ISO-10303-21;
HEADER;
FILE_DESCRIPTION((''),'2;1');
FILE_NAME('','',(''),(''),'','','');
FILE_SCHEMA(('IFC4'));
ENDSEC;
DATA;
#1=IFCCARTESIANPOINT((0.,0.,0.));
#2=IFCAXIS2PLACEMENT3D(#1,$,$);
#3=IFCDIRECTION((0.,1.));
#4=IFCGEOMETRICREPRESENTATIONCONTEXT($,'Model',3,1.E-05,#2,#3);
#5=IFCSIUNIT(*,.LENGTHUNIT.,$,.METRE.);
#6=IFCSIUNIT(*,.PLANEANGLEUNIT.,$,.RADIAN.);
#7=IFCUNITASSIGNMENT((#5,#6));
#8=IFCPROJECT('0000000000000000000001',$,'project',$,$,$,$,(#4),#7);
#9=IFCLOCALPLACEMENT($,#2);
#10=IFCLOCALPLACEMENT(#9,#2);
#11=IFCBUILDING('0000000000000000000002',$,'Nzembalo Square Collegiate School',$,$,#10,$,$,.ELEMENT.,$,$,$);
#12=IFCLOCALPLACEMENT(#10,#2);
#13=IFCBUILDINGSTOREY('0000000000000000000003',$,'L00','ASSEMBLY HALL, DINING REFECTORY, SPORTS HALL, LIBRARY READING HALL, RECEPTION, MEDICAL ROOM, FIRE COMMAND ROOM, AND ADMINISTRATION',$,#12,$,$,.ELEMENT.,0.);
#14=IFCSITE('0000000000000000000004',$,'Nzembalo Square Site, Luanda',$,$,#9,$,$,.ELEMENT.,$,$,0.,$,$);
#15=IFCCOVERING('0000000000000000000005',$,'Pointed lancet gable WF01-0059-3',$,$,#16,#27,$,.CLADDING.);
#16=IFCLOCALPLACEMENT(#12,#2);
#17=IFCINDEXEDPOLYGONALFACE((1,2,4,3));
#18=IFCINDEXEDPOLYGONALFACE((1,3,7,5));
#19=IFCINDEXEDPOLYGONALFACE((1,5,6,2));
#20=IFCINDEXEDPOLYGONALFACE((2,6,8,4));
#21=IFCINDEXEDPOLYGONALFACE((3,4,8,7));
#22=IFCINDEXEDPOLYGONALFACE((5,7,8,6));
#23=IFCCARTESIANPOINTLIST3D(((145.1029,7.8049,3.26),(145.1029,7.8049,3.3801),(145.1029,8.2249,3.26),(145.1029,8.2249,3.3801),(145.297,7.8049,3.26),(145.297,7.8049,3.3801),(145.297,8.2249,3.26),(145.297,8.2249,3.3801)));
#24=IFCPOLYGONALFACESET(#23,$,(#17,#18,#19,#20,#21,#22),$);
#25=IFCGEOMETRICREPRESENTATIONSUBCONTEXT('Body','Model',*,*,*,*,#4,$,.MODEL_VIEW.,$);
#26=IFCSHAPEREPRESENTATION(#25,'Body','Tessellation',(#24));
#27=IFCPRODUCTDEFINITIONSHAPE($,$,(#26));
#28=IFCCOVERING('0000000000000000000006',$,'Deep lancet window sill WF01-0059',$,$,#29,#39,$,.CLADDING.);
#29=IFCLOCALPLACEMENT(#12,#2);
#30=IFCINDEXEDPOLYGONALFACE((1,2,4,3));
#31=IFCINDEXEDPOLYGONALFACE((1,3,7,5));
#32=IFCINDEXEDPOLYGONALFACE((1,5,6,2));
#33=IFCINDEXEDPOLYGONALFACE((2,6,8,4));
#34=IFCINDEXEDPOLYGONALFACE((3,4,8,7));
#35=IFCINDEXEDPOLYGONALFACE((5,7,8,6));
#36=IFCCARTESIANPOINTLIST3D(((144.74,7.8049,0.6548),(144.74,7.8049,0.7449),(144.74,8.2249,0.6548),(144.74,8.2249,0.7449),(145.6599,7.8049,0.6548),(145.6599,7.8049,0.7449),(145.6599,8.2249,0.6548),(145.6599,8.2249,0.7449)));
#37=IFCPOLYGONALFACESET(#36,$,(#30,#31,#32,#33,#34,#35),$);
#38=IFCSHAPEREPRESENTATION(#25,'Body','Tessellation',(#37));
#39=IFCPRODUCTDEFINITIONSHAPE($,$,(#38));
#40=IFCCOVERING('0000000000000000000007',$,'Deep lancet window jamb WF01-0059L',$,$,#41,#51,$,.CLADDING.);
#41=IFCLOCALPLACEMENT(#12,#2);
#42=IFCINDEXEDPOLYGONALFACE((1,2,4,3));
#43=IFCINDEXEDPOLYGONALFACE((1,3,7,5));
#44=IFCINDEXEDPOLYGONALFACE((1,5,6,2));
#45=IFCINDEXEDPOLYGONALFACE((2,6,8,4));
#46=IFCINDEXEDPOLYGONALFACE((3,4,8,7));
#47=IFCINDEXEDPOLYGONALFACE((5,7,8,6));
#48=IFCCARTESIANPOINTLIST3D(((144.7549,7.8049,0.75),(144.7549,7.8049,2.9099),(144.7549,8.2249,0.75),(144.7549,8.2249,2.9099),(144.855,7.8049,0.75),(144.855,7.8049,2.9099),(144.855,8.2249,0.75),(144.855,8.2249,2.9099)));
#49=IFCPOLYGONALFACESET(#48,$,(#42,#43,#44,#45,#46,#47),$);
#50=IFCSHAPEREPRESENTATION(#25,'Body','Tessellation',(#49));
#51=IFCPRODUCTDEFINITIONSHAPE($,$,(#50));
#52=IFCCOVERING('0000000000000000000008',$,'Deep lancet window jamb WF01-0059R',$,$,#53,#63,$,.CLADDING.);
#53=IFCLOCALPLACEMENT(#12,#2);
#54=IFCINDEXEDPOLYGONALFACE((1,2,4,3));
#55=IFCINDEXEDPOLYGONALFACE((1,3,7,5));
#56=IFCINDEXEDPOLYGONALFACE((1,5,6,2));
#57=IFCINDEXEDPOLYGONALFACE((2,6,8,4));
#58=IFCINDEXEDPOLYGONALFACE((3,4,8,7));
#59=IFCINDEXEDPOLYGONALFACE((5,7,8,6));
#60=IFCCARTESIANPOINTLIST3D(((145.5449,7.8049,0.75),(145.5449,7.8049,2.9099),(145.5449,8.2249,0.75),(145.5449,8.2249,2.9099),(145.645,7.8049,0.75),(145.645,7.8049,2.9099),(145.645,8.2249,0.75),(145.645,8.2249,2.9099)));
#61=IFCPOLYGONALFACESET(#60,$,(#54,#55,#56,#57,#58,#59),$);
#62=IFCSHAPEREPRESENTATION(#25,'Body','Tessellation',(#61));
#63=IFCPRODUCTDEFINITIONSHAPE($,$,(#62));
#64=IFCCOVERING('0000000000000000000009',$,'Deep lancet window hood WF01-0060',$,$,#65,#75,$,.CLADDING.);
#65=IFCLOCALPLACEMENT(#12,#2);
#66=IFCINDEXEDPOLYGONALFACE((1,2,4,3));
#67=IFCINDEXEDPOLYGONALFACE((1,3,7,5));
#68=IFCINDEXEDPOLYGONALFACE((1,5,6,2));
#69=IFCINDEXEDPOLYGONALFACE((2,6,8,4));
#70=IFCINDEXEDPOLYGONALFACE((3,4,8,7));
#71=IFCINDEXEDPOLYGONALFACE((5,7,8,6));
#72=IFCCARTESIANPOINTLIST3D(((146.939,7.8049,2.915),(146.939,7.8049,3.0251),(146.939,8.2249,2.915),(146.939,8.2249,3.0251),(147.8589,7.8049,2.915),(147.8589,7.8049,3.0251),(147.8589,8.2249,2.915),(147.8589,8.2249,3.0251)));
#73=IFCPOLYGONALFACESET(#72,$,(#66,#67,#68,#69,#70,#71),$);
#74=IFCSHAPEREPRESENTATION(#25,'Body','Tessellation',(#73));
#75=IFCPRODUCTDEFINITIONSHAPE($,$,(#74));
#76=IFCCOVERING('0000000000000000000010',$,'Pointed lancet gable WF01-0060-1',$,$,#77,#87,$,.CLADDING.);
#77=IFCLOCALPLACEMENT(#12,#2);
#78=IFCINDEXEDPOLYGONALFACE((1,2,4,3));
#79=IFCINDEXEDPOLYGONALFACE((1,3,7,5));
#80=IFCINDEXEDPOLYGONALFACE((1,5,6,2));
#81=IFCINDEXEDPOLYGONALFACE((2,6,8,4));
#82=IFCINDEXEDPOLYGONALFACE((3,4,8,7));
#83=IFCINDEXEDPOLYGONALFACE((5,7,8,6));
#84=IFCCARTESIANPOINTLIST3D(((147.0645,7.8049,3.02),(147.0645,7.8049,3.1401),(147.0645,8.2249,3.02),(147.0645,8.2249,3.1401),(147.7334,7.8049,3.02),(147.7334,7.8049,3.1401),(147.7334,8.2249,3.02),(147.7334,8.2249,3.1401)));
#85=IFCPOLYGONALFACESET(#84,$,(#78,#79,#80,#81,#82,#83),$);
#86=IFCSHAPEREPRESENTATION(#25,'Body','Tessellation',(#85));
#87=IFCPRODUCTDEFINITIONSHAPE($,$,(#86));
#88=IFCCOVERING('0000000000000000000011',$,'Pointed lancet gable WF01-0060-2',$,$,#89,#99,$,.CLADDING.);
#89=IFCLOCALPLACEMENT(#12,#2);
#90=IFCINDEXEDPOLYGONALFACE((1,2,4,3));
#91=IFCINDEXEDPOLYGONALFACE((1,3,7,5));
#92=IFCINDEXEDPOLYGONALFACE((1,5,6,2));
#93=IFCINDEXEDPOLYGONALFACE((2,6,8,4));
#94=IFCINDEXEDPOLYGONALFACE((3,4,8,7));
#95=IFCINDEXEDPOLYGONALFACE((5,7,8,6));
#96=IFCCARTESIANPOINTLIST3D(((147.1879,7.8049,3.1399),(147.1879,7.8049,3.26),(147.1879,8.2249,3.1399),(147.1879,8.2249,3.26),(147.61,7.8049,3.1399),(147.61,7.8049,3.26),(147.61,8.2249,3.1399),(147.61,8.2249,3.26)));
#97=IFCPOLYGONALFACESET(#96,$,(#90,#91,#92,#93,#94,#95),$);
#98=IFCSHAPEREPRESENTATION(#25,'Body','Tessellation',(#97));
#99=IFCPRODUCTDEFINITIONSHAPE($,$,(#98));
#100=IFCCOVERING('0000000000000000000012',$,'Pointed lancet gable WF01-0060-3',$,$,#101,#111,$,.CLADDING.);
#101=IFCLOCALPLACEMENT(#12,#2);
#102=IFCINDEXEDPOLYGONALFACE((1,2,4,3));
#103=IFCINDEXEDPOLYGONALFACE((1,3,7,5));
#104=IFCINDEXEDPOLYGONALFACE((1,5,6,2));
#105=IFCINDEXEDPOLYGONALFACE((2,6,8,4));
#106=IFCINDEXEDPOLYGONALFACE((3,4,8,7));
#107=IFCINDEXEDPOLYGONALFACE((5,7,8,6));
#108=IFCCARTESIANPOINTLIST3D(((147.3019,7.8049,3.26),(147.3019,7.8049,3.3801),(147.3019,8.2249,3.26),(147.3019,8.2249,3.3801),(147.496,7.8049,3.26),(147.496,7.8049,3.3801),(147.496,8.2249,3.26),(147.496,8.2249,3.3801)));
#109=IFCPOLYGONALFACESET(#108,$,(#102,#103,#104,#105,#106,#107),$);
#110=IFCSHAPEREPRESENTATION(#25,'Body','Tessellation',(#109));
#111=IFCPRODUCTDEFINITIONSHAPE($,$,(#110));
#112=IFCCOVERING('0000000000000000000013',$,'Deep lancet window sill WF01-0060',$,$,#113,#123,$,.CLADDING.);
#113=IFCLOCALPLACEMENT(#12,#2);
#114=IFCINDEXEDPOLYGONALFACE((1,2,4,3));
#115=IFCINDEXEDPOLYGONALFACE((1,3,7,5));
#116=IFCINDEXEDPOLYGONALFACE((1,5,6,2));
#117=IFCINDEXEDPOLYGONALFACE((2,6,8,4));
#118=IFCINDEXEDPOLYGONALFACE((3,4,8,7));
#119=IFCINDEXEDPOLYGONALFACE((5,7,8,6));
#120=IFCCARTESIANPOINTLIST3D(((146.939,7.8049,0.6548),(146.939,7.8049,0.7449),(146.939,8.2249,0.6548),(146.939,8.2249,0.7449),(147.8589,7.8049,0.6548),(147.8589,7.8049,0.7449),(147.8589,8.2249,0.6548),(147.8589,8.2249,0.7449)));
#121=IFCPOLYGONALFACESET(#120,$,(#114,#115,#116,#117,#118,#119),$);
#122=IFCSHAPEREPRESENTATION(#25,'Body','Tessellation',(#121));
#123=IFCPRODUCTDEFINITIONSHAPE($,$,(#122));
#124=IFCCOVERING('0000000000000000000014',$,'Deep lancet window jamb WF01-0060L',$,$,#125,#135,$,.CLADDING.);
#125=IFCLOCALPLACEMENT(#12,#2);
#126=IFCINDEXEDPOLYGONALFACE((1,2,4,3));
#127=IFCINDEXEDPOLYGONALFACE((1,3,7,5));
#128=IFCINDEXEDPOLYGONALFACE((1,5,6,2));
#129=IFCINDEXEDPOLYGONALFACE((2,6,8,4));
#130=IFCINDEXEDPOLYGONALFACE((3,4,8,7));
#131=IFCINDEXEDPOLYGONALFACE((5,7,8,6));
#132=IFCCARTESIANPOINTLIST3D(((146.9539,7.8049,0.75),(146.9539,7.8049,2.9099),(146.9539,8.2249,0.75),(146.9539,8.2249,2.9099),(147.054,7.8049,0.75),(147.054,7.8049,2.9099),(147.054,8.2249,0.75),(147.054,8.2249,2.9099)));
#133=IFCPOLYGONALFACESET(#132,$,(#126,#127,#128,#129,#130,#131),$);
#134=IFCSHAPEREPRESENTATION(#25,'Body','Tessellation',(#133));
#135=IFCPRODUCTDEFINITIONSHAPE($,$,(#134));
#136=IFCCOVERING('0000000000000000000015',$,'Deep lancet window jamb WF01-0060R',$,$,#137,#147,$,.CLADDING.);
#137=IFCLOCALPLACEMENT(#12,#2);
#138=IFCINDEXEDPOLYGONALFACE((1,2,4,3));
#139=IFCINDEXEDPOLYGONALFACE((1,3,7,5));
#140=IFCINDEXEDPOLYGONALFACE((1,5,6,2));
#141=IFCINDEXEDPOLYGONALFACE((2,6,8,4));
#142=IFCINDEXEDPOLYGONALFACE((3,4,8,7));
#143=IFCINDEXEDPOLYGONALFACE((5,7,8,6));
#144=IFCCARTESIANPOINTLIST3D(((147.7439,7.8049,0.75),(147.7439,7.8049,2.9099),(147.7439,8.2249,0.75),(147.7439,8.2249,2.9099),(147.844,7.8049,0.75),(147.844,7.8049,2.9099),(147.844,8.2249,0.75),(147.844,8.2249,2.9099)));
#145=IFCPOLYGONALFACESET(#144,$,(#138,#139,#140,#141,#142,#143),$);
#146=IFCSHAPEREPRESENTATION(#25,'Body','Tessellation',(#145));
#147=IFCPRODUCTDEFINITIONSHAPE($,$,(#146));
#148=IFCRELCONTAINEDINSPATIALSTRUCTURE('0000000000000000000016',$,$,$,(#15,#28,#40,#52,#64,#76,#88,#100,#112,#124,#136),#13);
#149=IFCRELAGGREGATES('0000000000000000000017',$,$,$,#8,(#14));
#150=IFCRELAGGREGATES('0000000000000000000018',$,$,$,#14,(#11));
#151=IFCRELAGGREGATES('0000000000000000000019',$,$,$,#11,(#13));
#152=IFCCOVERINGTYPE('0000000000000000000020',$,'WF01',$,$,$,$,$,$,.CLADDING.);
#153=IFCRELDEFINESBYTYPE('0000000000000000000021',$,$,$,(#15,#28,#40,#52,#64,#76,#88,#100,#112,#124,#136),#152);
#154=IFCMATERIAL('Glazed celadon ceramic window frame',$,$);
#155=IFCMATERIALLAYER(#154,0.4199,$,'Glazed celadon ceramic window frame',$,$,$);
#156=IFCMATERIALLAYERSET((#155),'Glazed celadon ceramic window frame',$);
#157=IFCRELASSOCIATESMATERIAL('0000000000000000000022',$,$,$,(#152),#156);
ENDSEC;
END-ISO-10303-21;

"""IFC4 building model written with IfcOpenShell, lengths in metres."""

from ifc_helpers import new_model, si_unit, direction, frame, origin, origin_2d, place, context, subcontext, project, spatial, rectangle, extrude, material, layer, layer_set, type_object, element, save


model = new_model("IFC4")

# Units and contexts
model_context = context("Model", 3, precision=1e-05, world=origin(), true_north=direction((0.0, 1.0)))
body_context = subcontext(model_context, "Body", "Model", "MODEL_VIEW")
ifc_project = project(units=[si_unit("LENGTHUNIT", "METRE"), si_unit("PLANEANGLEUNIT", "RADIAN")], contexts=[model_context])

# Site, building, storey
site_placement = place(None, origin())
site = spatial("IfcSite", under=ifc_project, at=site_placement, Name="Nzembalo Square Site, Luanda", CompositionType="ELEMENT", RefElevation=0.0)
building_placement = place(site_placement, origin())
building = spatial("IfcBuilding", under=site, at=building_placement, Name="Nzembalo Square Collegiate School", CompositionType="ELEMENT")
storey_placement = place(building_placement, origin())
storey = spatial("IfcBuildingStorey", under=building, at=storey_placement, Name="L00", Description="ASSEMBLY HALL, DINING REFECTORY, SPORTS HALL, LIBRARY READING HALL, RECEPTION, MEDICAL ROOM, FIRE COMMAND ROOM, AND ADMINISTRATION", CompositionType="ELEMENT", Elevation=0.0)

# Coverings
ifc_material_1 = material(Name="Glazed celadon ceramic window frame")
ifc_layer = layer(ifc_material_1, 0.4199, Name="Glazed celadon ceramic window frame")
ifc_layer_set = layer_set([ifc_layer], Name="Glazed celadon ceramic window frame")
covering_type = type_object("IfcCoveringType", Name="WF01", PredefinedType="CLADDING", material=ifc_layer_set)
covering_1_placement = place(storey_placement, frame((145.2, 8.0149, 3.26), z_axis=(0.0, 0.0, 1.0), x_axis=(1.0, 0.0, 0.0)))
element("IfcCovering", 1, at=covering_1_placement, inside=storey, type_object=covering_type, Name="Pointed lancet gable WF01-0059-3", PredefinedType="CLADDING", context=body_context, shape_type="SweptSolid", body=[
    extrude(rectangle(XDim=0.1941, YDim=0.4199, at=origin_2d()), origin(), (0.0, 0.0, 1.0), 0.1201),
])
covering_2_placement = place(storey_placement, frame((145.2, 8.0149, 0.6548), z_axis=(0.0, 0.0, 1.0), x_axis=(1.0, 0.0, 0.0)))
element("IfcCovering", 2, at=covering_2_placement, inside=storey, type_object=covering_type, Name="Deep lancet window sill WF01-0059", PredefinedType="CLADDING", context=body_context, shape_type="SweptSolid", body=[
    extrude(rectangle(XDim=0.9199, YDim=0.4199, at=origin_2d()), origin(), (0.0, 0.0, 1.0), 0.0901),
])
for number, where, z_axis, x_axis, name in (
    (3, (144.8049, 8.0149, 0.75), (0.0, 0.0, 1.0), (1.0, 0.0, 0.0), "Deep lancet window jamb WF01-0059L"),
    (4, (145.595, 8.0149, 0.75), (0.0, 0.0, 1.0), (1.0, 0.0, 0.0), "Deep lancet window jamb WF01-0059R"),
):
    element("IfcCovering", number, at=place(storey_placement, frame(where, z_axis=z_axis, x_axis=x_axis)), inside=storey, type_object=covering_type, Name=name, PredefinedType="CLADDING", context=body_context, shape_type="SweptSolid", body=[
        extrude(rectangle(XDim=0.1001, YDim=0.4199, at=origin_2d()), origin(), (0.0, 0.0, 1.0), 2.1599),
    ])
covering_3_placement = place(storey_placement, frame((147.3989, 8.0149, 2.915), z_axis=(0.0, 0.0, 1.0), x_axis=(1.0, 0.0, 0.0)))
element("IfcCovering", 5, at=covering_3_placement, inside=storey, type_object=covering_type, Name="Deep lancet window hood WF01-0060", PredefinedType="CLADDING", context=body_context, shape_type="SweptSolid", body=[
    extrude(rectangle(XDim=0.9199, YDim=0.4199, at=origin_2d()), origin(), (0.0, 0.0, 1.0), 0.1101),
])
covering_4_placement = place(storey_placement, frame((147.3989, 8.0149, 3.02), z_axis=(0.0, 0.0, 1.0), x_axis=(1.0, 0.0, 0.0)))
element("IfcCovering", 6, at=covering_4_placement, inside=storey, type_object=covering_type, Name="Pointed lancet gable WF01-0060-1", PredefinedType="CLADDING", context=body_context, shape_type="SweptSolid", body=[
    extrude(rectangle(XDim=0.6689, YDim=0.4199, at=origin_2d()), origin(), (0.0, 0.0, 1.0), 0.1201),
])
covering_5_placement = place(storey_placement, frame((147.3989, 8.0149, 3.1399), z_axis=(0.0, 0.0, 1.0), x_axis=(1.0, 0.0, 0.0)))
element("IfcCovering", 7, at=covering_5_placement, inside=storey, type_object=covering_type, Name="Pointed lancet gable WF01-0060-2", PredefinedType="CLADDING", context=body_context, shape_type="SweptSolid", body=[
    extrude(rectangle(XDim=0.4221, YDim=0.4199, at=origin_2d()), origin(), (0.0, 0.0, 1.0), 0.1201),
])
covering_6_placement = place(storey_placement, frame((147.3989, 8.0149, 3.26), z_axis=(0.0, 0.0, 1.0), x_axis=(1.0, 0.0, 0.0)))
element("IfcCovering", 8, at=covering_6_placement, inside=storey, type_object=covering_type, Name="Pointed lancet gable WF01-0060-3", PredefinedType="CLADDING", context=body_context, shape_type="SweptSolid", body=[
    extrude(rectangle(XDim=0.1941, YDim=0.4199, at=origin_2d()), origin(), (0.0, 0.0, 1.0), 0.1201),
])
covering_7_placement = place(storey_placement, frame((147.3989, 8.0149, 0.6548), z_axis=(0.0, 0.0, 1.0), x_axis=(1.0, 0.0, 0.0)))
element("IfcCovering", 9, at=covering_7_placement, inside=storey, type_object=covering_type, Name="Deep lancet window sill WF01-0060", PredefinedType="CLADDING", context=body_context, shape_type="SweptSolid", body=[
    extrude(rectangle(XDim=0.9199, YDim=0.4199, at=origin_2d()), origin(), (0.0, 0.0, 1.0), 0.0901),
])
for number, where, z_axis, x_axis, name in (
    (10, (147.0039, 8.0149, 0.75), (0.0, 0.0, 1.0), (1.0, 0.0, 0.0), "Deep lancet window jamb WF01-0060L"),
    (11, (147.7939, 8.0149, 0.75), (0.0, 0.0, 1.0), (1.0, 0.0, 0.0), "Deep lancet window jamb WF01-0060R"),
):
    element("IfcCovering", number, at=place(storey_placement, frame(where, z_axis=z_axis, x_axis=x_axis)), inside=storey, type_object=covering_type, Name=name, PredefinedType="CLADDING", context=body_context, shape_type="SweptSolid", body=[
        extrude(rectangle(XDim=0.1001, YDim=0.4199, at=origin_2d()), origin(), (0.0, 0.0, 1.0), 2.1599),
    ])

save(model, "model.ifc")
